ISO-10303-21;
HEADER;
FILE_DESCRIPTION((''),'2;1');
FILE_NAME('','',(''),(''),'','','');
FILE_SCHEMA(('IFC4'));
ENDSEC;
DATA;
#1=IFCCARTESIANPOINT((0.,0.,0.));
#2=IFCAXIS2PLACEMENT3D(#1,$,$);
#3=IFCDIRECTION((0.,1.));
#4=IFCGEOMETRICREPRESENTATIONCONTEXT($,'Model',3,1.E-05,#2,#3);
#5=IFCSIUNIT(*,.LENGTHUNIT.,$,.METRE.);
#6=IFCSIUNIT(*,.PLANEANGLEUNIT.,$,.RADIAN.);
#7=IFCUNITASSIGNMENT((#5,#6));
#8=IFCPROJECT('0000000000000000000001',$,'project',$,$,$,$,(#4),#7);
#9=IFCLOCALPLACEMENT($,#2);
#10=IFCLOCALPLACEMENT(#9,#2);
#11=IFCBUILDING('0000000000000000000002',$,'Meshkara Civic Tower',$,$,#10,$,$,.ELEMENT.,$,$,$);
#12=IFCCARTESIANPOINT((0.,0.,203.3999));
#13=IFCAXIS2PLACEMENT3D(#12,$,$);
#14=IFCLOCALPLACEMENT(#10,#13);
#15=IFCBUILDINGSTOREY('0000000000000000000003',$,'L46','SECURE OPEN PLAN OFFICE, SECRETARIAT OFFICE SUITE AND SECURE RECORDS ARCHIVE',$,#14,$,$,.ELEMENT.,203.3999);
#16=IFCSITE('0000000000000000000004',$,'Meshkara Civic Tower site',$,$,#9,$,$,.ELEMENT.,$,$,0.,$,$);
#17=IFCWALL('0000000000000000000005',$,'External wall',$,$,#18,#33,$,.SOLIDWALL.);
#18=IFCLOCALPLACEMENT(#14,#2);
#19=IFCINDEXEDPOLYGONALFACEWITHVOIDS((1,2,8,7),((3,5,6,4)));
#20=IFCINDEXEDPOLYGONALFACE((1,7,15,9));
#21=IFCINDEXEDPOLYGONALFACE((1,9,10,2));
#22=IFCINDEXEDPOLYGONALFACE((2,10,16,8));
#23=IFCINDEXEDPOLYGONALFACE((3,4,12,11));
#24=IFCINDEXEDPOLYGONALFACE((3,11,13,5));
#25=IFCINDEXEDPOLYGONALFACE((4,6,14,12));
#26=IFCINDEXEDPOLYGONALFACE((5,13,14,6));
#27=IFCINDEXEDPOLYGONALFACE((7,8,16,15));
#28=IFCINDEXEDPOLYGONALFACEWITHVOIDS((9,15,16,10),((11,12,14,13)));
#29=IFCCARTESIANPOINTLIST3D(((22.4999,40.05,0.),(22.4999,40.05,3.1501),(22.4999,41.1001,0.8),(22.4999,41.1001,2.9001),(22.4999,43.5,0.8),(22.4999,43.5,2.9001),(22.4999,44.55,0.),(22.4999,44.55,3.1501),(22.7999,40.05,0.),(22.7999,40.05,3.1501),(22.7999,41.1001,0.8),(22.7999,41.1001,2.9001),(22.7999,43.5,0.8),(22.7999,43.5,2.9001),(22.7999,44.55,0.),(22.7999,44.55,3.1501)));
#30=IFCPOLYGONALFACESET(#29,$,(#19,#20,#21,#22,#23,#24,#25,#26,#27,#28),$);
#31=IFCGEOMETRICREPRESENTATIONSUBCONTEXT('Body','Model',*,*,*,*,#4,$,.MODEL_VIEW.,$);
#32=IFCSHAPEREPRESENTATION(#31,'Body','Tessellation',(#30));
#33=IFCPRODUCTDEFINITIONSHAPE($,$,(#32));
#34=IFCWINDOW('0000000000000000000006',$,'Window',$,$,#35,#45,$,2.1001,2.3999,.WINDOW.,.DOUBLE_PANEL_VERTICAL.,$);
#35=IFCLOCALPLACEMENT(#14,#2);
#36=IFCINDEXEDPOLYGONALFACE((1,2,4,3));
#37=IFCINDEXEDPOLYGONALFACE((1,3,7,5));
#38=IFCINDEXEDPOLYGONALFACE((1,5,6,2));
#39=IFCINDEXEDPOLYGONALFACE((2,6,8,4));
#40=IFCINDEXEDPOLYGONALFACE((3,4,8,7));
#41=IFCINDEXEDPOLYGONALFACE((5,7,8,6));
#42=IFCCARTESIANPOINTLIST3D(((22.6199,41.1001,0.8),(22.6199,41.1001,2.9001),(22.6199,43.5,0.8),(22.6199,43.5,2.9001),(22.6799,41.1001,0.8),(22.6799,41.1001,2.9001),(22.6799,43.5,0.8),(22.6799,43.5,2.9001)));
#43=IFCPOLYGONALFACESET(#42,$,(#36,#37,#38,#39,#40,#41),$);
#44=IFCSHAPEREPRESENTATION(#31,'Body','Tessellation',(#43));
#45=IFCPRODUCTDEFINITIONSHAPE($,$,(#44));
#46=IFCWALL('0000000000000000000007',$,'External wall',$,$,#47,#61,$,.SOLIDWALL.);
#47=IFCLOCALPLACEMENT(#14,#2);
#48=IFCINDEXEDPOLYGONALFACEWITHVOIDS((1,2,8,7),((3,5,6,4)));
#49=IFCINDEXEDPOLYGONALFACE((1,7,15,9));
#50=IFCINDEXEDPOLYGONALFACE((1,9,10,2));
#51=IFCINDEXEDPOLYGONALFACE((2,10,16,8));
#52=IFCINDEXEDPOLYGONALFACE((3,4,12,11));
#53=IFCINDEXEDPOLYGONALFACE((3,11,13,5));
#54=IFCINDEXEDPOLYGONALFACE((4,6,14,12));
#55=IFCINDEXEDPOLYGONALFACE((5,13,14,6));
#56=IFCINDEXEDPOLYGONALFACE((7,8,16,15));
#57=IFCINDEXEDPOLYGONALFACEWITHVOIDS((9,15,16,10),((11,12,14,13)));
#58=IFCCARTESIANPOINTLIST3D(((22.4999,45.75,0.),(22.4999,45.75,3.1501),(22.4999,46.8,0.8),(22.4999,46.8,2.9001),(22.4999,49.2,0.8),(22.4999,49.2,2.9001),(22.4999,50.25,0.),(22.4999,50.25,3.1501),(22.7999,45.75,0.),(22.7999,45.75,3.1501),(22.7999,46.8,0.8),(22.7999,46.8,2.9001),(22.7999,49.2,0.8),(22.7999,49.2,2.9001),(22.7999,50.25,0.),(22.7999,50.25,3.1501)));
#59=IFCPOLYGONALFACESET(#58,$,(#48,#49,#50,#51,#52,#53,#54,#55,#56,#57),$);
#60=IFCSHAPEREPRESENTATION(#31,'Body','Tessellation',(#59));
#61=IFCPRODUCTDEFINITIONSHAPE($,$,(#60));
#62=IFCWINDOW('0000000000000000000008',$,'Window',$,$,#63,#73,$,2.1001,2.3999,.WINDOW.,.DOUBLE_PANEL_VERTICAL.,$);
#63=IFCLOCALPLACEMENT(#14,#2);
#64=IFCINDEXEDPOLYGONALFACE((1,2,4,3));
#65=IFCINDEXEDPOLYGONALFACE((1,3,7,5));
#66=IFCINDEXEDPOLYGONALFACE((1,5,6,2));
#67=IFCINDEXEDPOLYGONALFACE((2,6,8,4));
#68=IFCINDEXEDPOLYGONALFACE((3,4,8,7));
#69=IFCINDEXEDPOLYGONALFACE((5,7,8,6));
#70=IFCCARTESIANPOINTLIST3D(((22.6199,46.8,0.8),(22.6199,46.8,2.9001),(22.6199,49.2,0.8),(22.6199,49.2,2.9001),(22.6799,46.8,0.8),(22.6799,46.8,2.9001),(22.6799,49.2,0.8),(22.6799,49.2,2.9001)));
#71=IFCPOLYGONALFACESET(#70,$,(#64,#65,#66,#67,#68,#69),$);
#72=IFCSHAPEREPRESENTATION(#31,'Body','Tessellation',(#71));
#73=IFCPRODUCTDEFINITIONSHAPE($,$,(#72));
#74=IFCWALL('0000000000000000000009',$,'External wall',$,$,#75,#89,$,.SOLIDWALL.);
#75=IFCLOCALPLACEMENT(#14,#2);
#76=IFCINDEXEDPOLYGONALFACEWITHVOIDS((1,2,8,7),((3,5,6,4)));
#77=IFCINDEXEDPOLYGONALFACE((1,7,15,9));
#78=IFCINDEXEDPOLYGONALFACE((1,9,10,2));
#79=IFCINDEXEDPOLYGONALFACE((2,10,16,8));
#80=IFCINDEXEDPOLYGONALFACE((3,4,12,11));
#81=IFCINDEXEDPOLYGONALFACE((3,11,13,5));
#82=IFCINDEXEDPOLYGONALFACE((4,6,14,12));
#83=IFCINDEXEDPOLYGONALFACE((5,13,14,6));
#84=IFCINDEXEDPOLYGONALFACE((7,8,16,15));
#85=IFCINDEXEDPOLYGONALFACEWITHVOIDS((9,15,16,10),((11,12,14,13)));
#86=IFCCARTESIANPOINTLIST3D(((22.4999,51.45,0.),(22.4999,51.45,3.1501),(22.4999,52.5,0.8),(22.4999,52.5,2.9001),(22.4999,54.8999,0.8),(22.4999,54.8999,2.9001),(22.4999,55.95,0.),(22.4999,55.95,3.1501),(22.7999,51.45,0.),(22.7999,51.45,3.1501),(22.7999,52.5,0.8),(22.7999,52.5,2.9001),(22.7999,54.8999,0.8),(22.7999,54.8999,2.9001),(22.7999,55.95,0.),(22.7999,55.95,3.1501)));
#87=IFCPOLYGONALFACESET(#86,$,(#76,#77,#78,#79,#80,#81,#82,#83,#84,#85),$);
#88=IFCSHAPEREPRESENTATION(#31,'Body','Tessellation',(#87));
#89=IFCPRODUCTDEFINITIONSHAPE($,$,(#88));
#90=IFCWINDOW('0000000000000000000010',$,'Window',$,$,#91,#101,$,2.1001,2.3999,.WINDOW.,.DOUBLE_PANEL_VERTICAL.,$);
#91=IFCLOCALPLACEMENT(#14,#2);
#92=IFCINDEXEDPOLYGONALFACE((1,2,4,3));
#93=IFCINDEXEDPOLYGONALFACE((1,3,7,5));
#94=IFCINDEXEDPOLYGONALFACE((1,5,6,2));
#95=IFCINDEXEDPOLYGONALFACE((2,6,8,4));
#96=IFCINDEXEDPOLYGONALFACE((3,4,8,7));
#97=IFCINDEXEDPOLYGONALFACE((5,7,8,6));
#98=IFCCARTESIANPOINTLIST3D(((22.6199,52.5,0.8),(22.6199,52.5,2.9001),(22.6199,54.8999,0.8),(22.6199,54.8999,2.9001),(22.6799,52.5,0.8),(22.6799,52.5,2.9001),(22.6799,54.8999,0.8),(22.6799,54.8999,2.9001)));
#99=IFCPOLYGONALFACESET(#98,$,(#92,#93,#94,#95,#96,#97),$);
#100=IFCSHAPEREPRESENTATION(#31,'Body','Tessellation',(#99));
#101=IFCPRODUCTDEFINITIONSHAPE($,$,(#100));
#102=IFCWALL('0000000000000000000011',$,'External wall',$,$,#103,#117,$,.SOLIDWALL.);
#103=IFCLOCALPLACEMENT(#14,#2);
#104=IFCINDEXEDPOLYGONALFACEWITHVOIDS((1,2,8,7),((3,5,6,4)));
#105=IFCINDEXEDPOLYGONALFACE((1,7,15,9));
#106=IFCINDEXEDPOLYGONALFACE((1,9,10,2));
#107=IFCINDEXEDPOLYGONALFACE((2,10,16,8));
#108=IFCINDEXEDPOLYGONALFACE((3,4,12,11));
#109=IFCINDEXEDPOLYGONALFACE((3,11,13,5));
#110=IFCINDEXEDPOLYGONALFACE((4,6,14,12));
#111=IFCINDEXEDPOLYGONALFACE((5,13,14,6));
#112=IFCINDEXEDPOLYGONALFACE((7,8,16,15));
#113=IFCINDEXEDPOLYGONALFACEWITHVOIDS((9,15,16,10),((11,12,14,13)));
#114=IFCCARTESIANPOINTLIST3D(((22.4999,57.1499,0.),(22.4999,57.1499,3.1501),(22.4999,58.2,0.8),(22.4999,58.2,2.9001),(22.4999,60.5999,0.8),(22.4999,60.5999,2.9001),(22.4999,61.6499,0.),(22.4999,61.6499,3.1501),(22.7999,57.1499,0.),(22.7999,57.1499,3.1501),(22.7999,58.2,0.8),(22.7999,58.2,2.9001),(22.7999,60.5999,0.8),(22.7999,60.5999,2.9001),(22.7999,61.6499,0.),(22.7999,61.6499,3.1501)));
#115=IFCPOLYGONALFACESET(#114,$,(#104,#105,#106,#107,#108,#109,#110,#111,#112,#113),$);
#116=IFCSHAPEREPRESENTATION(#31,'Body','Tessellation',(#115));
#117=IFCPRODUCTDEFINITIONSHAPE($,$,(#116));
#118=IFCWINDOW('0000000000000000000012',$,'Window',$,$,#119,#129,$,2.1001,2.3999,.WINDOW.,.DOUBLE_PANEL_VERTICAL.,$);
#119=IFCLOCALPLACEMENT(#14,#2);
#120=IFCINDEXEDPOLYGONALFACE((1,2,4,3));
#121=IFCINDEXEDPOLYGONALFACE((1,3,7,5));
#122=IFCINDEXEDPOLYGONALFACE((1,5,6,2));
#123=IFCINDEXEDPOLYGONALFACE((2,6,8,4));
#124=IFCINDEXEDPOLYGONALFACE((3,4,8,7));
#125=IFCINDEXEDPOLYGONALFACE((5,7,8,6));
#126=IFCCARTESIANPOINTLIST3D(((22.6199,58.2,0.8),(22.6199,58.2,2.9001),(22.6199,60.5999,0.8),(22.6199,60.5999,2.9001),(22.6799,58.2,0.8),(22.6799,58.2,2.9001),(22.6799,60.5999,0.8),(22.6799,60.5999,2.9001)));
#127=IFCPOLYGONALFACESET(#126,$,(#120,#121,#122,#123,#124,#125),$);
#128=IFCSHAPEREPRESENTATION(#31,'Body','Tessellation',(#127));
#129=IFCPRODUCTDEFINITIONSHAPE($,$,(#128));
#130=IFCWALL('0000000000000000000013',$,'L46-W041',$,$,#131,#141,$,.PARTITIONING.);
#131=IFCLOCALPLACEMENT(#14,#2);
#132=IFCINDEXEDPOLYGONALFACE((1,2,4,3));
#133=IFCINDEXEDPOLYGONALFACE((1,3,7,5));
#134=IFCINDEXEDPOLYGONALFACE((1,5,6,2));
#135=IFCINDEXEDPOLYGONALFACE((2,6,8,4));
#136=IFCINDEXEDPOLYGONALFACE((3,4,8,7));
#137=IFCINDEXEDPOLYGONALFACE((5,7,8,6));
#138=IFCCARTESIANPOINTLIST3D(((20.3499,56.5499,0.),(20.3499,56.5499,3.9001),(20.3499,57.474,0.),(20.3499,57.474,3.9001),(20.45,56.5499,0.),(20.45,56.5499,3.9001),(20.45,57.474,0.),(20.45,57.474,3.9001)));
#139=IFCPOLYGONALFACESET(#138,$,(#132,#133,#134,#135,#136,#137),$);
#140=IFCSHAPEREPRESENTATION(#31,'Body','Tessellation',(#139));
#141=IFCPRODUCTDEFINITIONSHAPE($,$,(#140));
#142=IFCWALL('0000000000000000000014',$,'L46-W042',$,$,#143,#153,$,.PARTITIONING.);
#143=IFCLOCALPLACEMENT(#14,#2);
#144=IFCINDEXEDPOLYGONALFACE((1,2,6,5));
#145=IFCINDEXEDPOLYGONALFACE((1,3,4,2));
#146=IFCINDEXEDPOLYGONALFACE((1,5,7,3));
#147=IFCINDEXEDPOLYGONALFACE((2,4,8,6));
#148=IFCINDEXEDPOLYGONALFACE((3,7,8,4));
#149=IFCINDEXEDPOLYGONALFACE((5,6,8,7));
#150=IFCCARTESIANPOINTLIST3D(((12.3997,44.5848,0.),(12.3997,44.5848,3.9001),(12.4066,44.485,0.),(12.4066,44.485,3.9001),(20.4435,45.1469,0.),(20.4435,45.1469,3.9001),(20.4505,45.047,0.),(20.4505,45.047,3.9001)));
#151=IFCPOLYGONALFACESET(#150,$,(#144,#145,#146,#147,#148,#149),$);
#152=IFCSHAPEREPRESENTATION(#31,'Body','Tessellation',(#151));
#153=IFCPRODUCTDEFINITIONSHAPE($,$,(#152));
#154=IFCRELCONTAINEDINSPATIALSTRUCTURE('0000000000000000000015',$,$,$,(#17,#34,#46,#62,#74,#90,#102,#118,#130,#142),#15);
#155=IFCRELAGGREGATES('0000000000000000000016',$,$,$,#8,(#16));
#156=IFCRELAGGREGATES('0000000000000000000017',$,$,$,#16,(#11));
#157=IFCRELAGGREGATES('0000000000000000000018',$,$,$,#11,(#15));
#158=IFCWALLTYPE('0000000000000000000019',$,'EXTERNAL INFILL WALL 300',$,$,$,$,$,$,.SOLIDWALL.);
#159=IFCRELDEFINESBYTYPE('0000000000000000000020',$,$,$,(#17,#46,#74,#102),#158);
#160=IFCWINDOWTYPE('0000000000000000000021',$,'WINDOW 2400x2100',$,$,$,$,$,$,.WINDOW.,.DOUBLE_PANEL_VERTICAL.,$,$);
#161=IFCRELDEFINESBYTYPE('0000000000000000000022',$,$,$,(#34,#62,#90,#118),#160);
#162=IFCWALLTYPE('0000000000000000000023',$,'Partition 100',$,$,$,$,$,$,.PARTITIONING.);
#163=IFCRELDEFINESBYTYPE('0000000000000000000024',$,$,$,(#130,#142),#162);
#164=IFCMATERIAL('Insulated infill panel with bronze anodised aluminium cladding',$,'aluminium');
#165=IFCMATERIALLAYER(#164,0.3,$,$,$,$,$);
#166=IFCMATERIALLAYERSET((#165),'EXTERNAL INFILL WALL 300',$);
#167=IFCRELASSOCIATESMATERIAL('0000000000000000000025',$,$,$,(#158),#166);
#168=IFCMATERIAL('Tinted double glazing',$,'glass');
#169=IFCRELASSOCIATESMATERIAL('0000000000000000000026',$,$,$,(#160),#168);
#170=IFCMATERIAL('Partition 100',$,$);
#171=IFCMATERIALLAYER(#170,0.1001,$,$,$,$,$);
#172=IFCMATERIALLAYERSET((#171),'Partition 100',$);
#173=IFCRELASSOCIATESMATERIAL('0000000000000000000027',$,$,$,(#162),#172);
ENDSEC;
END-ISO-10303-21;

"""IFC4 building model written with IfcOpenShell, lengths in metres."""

from ifc_helpers import new_model, si_unit, direction, frame, frame_2d, origin, place, context, subcontext, project, spatial, rectangle, extrude, material, layer, layer_set, type_object, element, fill, save


model = new_model("IFC4")

# Units and contexts
model_context = context("Model", 3, precision=1e-05, world=origin(), true_north=direction((0.0, 1.0)))
body_context = subcontext(model_context, "Body", "Model", "MODEL_VIEW")
ifc_project = project(units=[si_unit("LENGTHUNIT", "METRE"), si_unit("PLANEANGLEUNIT", "RADIAN")], contexts=[model_context])

# Site, building, storey
site_placement = place(None, origin())
site = spatial("IfcSite", under=ifc_project, at=site_placement, Name="Meshkara Civic Tower site", CompositionType="ELEMENT", RefElevation=0.0)
building_placement = place(site_placement, origin())
building = spatial("IfcBuilding", under=site, at=building_placement, Name="Meshkara Civic Tower", CompositionType="ELEMENT")
storey_placement = place(building_placement, frame((0.0, 0.0, 203.3999)))
storey = spatial("IfcBuildingStorey", under=building, at=storey_placement, Name="L46", Description="SECURE OPEN PLAN OFFICE, SECRETARIAT OFFICE SUITE AND SECURE RECORDS ARCHIVE", CompositionType="ELEMENT", Elevation=203.3999)

# Walls, openings, windows
ifc_material_1 = material(Name="Insulated infill panel with bronze anodised aluminium cladding", Category="aluminium")
ifc_layer_1 = layer(ifc_material_1, 0.3)
ifc_layer_set_1 = layer_set([ifc_layer_1], Name="EXTERNAL INFILL WALL 300")
wall_type_1 = type_object("IfcWallType", Name="EXTERNAL INFILL WALL 300", PredefinedType="SOLIDWALL", material=ifc_layer_set_1)
wall_1_placement = place(storey_placement, frame((22.6499, 40.05, 0.0), z_axis=(0.0, 0.0, 1.0), x_axis=(0.0, 1.0, 0.0)))
wall_1 = element("IfcWall", 1, at=wall_1_placement, inside=storey, type_object=wall_type_1, Name="External wall", PredefinedType="SOLIDWALL", context=body_context, shape_type="SweptSolid", body=[
    extrude(rectangle(XDim=4.5, YDim=0.3, at=frame_2d((2.25, 0.0))), origin(), (0.0, 0.0, 1.0), 3.1501),
])
opening_1_placement = place(wall_1_placement, frame((1.05, 0.0, 0.8)))
opening_1 = element("IfcOpeningElement", 2, at=opening_1_placement, cuts=wall_1, PredefinedType="OPENING", context=body_context, shape_type="SweptSolid", body=[
    extrude(rectangle(XDim=2.3999, YDim=2.1001, at=frame_2d((1.2, 1.05))), frame((0.0, 0.1599, 0.0), z_axis=(0.0, -1.0, 0.0), x_axis=(1.0, 0.0, 0.0)), (0.0, 0.0, 1.0), 0.3201),
])
ifc_material_2 = material(Name="Tinted double glazing", Category="glass")
window_type = type_object("IfcWindowType", Name="WINDOW 2400x2100", PartitioningType="DOUBLE_PANEL_VERTICAL", PredefinedType="WINDOW", material=ifc_material_2)
window_1_placement = place(opening_1_placement, origin())
window_1 = element("IfcWindow", 3, at=window_1_placement, inside=storey, type_object=window_type, Name="Window", OverallHeight=2.1001, OverallWidth=2.3999, PartitioningType="DOUBLE_PANEL_VERTICAL", PredefinedType="WINDOW", context=body_context, shape_type="SweptSolid", body=[
    extrude(rectangle(XDim=2.3999, YDim=2.1001, at=frame_2d((1.2, 1.05))), frame((0.0, 0.03, 0.0), z_axis=(0.0, -1.0, 0.0), x_axis=(1.0, 0.0, 0.0)), (0.0, 0.0, 1.0), 0.0601),
])
fill(opening_1, window_1)
wall_2_placement = place(storey_placement, frame((22.6499, 45.75, 0.0), z_axis=(0.0, 0.0, 1.0), x_axis=(0.0, 1.0, 0.0)))
wall_2 = element("IfcWall", 4, at=wall_2_placement, inside=storey, type_object=wall_type_1, Name="External wall", PredefinedType="SOLIDWALL", context=body_context, shape_type="SweptSolid", body=[
    extrude(rectangle(XDim=4.5, YDim=0.3, at=frame_2d((2.25, 0.0))), origin(), (0.0, 0.0, 1.0), 3.1501),
])
opening_2_placement = place(wall_2_placement, frame((1.05, 0.0, 0.8)))
opening_2 = element("IfcOpeningElement", 5, at=opening_2_placement, cuts=wall_2, PredefinedType="OPENING", context=body_context, shape_type="SweptSolid", body=[
    extrude(rectangle(XDim=2.3999, YDim=2.1001, at=frame_2d((1.2, 1.05))), frame((0.0, 0.1599, 0.0), z_axis=(0.0, -1.0, 0.0), x_axis=(1.0, 0.0, 0.0)), (0.0, 0.0, 1.0), 0.3201),
])
window_2_placement = place(opening_2_placement, origin())
window_2 = element("IfcWindow", 6, at=window_2_placement, inside=storey, type_object=window_type, Name="Window", OverallHeight=2.1001, OverallWidth=2.3999, PartitioningType="DOUBLE_PANEL_VERTICAL", PredefinedType="WINDOW", context=body_context, shape_type="SweptSolid", body=[
    extrude(rectangle(XDim=2.3999, YDim=2.1001, at=frame_2d((1.2, 1.05))), frame((0.0, 0.03, 0.0), z_axis=(0.0, -1.0, 0.0), x_axis=(1.0, 0.0, 0.0)), (0.0, 0.0, 1.0), 0.0601),
])
fill(opening_2, window_2)
wall_3_placement = place(storey_placement, frame((22.6499, 51.45, 0.0), z_axis=(0.0, 0.0, 1.0), x_axis=(0.0, 1.0, 0.0)))
wall_3 = element("IfcWall", 7, at=wall_3_placement, inside=storey, type_object=wall_type_1, Name="External wall", PredefinedType="SOLIDWALL", context=body_context, shape_type="SweptSolid", body=[
    extrude(rectangle(XDim=4.5, YDim=0.3, at=frame_2d((2.25, 0.0))), origin(), (0.0, 0.0, 1.0), 3.1501),
])
opening_3_placement = place(wall_3_placement, frame((1.05, 0.0, 0.8)))
opening_3 = element("IfcOpeningElement", 8, at=opening_3_placement, cuts=wall_3, PredefinedType="OPENING", context=body_context, shape_type="SweptSolid", body=[
    extrude(rectangle(XDim=2.3999, YDim=2.1001, at=frame_2d((1.2, 1.05))), frame((0.0, 0.1599, 0.0), z_axis=(0.0, -1.0, 0.0), x_axis=(1.0, 0.0, 0.0)), (0.0, 0.0, 1.0), 0.3201),
])
window_3_placement = place(opening_3_placement, origin())
window_3 = element("IfcWindow", 9, at=window_3_placement, inside=storey, type_object=window_type, Name="Window", OverallHeight=2.1001, OverallWidth=2.3999, PartitioningType="DOUBLE_PANEL_VERTICAL", PredefinedType="WINDOW", context=body_context, shape_type="SweptSolid", body=[
    extrude(rectangle(XDim=2.3999, YDim=2.1001, at=frame_2d((1.2, 1.05))), frame((0.0, 0.03, 0.0), z_axis=(0.0, -1.0, 0.0), x_axis=(1.0, 0.0, 0.0)), (0.0, 0.0, 1.0), 0.0601),
])
fill(opening_3, window_3)
wall_4_placement = place(storey_placement, frame((22.6499, 57.1499, 0.0), z_axis=(0.0, 0.0, 1.0), x_axis=(0.0, 1.0, 0.0)))
wall_4 = element("IfcWall", 10, at=wall_4_placement, inside=storey, type_object=wall_type_1, Name="External wall", PredefinedType="SOLIDWALL", context=body_context, shape_type="SweptSolid", body=[
    extrude(rectangle(XDim=4.5, YDim=0.3, at=frame_2d((2.25, 0.0))), origin(), (0.0, 0.0, 1.0), 3.1501),
])
opening_4_placement = place(wall_4_placement, frame((1.05, 0.0, 0.8)))
opening_4 = element("IfcOpeningElement", 11, at=opening_4_placement, cuts=wall_4, PredefinedType="OPENING", context=body_context, shape_type="SweptSolid", body=[
    extrude(rectangle(XDim=2.3999, YDim=2.1001, at=frame_2d((1.2, 1.05))), frame((0.0, 0.1599, 0.0), z_axis=(0.0, -1.0, 0.0), x_axis=(1.0, 0.0, 0.0)), (0.0, 0.0, 1.0), 0.3201),
])
window_4_placement = place(opening_4_placement, origin())
window_4 = element("IfcWindow", 12, at=window_4_placement, inside=storey, type_object=window_type, Name="Window", OverallHeight=2.1001, OverallWidth=2.3999, PartitioningType="DOUBLE_PANEL_VERTICAL", PredefinedType="WINDOW", context=body_context, shape_type="SweptSolid", body=[
    extrude(rectangle(XDim=2.3999, YDim=2.1001, at=frame_2d((1.2, 1.05))), frame((0.0, 0.03, 0.0), z_axis=(0.0, -1.0, 0.0), x_axis=(1.0, 0.0, 0.0)), (0.0, 0.0, 1.0), 0.0601),
])
fill(opening_4, window_4)

# Walls
ifc_material_3 = material(Name="Partition 100")
ifc_layer_2 = layer(ifc_material_3, 0.1001)
ifc_layer_set_2 = layer_set([ifc_layer_2], Name="Partition 100")
wall_type_2 = type_object("IfcWallType", Name="Partition 100", PredefinedType="PARTITIONING", material=ifc_layer_set_2)
wall_5_placement = place(storey_placement, frame((20.3999, 56.55, 0.0), z_axis=(0.0, 0.0, 1.0), x_axis=(0.0, 1.0, 0.0)))
element("IfcWall", 13, at=wall_5_placement, inside=storey, type_object=wall_type_2, Name="L46-W041", PredefinedType="PARTITIONING", context=body_context, shape_type="SweptSolid", body=[
    extrude(rectangle(XDim=0.9241, YDim=0.1001, at=frame_2d((0.4619, 0.0))), origin(), (0.0, 0.0, 1.0), 3.9001),
])
wall_6_placement = place(storey_placement, frame((20.447, 45.0969, 0.0), z_axis=(0.0, 0.0, 1.0), x_axis=(-0.997568, -0.069698, 0.0)))
element("IfcWall", 14, at=wall_6_placement, inside=storey, type_object=wall_type_2, Name="L46-W042", PredefinedType="PARTITIONING", context=body_context, shape_type="SweptSolid", body=[
    extrude(rectangle(XDim=8.0635, YDim=0.1001, at=frame_2d((4.0317, 0.0))), origin(), (0.0, 0.0, 1.0), 3.9001),
])

save(model, "model.ifc")
